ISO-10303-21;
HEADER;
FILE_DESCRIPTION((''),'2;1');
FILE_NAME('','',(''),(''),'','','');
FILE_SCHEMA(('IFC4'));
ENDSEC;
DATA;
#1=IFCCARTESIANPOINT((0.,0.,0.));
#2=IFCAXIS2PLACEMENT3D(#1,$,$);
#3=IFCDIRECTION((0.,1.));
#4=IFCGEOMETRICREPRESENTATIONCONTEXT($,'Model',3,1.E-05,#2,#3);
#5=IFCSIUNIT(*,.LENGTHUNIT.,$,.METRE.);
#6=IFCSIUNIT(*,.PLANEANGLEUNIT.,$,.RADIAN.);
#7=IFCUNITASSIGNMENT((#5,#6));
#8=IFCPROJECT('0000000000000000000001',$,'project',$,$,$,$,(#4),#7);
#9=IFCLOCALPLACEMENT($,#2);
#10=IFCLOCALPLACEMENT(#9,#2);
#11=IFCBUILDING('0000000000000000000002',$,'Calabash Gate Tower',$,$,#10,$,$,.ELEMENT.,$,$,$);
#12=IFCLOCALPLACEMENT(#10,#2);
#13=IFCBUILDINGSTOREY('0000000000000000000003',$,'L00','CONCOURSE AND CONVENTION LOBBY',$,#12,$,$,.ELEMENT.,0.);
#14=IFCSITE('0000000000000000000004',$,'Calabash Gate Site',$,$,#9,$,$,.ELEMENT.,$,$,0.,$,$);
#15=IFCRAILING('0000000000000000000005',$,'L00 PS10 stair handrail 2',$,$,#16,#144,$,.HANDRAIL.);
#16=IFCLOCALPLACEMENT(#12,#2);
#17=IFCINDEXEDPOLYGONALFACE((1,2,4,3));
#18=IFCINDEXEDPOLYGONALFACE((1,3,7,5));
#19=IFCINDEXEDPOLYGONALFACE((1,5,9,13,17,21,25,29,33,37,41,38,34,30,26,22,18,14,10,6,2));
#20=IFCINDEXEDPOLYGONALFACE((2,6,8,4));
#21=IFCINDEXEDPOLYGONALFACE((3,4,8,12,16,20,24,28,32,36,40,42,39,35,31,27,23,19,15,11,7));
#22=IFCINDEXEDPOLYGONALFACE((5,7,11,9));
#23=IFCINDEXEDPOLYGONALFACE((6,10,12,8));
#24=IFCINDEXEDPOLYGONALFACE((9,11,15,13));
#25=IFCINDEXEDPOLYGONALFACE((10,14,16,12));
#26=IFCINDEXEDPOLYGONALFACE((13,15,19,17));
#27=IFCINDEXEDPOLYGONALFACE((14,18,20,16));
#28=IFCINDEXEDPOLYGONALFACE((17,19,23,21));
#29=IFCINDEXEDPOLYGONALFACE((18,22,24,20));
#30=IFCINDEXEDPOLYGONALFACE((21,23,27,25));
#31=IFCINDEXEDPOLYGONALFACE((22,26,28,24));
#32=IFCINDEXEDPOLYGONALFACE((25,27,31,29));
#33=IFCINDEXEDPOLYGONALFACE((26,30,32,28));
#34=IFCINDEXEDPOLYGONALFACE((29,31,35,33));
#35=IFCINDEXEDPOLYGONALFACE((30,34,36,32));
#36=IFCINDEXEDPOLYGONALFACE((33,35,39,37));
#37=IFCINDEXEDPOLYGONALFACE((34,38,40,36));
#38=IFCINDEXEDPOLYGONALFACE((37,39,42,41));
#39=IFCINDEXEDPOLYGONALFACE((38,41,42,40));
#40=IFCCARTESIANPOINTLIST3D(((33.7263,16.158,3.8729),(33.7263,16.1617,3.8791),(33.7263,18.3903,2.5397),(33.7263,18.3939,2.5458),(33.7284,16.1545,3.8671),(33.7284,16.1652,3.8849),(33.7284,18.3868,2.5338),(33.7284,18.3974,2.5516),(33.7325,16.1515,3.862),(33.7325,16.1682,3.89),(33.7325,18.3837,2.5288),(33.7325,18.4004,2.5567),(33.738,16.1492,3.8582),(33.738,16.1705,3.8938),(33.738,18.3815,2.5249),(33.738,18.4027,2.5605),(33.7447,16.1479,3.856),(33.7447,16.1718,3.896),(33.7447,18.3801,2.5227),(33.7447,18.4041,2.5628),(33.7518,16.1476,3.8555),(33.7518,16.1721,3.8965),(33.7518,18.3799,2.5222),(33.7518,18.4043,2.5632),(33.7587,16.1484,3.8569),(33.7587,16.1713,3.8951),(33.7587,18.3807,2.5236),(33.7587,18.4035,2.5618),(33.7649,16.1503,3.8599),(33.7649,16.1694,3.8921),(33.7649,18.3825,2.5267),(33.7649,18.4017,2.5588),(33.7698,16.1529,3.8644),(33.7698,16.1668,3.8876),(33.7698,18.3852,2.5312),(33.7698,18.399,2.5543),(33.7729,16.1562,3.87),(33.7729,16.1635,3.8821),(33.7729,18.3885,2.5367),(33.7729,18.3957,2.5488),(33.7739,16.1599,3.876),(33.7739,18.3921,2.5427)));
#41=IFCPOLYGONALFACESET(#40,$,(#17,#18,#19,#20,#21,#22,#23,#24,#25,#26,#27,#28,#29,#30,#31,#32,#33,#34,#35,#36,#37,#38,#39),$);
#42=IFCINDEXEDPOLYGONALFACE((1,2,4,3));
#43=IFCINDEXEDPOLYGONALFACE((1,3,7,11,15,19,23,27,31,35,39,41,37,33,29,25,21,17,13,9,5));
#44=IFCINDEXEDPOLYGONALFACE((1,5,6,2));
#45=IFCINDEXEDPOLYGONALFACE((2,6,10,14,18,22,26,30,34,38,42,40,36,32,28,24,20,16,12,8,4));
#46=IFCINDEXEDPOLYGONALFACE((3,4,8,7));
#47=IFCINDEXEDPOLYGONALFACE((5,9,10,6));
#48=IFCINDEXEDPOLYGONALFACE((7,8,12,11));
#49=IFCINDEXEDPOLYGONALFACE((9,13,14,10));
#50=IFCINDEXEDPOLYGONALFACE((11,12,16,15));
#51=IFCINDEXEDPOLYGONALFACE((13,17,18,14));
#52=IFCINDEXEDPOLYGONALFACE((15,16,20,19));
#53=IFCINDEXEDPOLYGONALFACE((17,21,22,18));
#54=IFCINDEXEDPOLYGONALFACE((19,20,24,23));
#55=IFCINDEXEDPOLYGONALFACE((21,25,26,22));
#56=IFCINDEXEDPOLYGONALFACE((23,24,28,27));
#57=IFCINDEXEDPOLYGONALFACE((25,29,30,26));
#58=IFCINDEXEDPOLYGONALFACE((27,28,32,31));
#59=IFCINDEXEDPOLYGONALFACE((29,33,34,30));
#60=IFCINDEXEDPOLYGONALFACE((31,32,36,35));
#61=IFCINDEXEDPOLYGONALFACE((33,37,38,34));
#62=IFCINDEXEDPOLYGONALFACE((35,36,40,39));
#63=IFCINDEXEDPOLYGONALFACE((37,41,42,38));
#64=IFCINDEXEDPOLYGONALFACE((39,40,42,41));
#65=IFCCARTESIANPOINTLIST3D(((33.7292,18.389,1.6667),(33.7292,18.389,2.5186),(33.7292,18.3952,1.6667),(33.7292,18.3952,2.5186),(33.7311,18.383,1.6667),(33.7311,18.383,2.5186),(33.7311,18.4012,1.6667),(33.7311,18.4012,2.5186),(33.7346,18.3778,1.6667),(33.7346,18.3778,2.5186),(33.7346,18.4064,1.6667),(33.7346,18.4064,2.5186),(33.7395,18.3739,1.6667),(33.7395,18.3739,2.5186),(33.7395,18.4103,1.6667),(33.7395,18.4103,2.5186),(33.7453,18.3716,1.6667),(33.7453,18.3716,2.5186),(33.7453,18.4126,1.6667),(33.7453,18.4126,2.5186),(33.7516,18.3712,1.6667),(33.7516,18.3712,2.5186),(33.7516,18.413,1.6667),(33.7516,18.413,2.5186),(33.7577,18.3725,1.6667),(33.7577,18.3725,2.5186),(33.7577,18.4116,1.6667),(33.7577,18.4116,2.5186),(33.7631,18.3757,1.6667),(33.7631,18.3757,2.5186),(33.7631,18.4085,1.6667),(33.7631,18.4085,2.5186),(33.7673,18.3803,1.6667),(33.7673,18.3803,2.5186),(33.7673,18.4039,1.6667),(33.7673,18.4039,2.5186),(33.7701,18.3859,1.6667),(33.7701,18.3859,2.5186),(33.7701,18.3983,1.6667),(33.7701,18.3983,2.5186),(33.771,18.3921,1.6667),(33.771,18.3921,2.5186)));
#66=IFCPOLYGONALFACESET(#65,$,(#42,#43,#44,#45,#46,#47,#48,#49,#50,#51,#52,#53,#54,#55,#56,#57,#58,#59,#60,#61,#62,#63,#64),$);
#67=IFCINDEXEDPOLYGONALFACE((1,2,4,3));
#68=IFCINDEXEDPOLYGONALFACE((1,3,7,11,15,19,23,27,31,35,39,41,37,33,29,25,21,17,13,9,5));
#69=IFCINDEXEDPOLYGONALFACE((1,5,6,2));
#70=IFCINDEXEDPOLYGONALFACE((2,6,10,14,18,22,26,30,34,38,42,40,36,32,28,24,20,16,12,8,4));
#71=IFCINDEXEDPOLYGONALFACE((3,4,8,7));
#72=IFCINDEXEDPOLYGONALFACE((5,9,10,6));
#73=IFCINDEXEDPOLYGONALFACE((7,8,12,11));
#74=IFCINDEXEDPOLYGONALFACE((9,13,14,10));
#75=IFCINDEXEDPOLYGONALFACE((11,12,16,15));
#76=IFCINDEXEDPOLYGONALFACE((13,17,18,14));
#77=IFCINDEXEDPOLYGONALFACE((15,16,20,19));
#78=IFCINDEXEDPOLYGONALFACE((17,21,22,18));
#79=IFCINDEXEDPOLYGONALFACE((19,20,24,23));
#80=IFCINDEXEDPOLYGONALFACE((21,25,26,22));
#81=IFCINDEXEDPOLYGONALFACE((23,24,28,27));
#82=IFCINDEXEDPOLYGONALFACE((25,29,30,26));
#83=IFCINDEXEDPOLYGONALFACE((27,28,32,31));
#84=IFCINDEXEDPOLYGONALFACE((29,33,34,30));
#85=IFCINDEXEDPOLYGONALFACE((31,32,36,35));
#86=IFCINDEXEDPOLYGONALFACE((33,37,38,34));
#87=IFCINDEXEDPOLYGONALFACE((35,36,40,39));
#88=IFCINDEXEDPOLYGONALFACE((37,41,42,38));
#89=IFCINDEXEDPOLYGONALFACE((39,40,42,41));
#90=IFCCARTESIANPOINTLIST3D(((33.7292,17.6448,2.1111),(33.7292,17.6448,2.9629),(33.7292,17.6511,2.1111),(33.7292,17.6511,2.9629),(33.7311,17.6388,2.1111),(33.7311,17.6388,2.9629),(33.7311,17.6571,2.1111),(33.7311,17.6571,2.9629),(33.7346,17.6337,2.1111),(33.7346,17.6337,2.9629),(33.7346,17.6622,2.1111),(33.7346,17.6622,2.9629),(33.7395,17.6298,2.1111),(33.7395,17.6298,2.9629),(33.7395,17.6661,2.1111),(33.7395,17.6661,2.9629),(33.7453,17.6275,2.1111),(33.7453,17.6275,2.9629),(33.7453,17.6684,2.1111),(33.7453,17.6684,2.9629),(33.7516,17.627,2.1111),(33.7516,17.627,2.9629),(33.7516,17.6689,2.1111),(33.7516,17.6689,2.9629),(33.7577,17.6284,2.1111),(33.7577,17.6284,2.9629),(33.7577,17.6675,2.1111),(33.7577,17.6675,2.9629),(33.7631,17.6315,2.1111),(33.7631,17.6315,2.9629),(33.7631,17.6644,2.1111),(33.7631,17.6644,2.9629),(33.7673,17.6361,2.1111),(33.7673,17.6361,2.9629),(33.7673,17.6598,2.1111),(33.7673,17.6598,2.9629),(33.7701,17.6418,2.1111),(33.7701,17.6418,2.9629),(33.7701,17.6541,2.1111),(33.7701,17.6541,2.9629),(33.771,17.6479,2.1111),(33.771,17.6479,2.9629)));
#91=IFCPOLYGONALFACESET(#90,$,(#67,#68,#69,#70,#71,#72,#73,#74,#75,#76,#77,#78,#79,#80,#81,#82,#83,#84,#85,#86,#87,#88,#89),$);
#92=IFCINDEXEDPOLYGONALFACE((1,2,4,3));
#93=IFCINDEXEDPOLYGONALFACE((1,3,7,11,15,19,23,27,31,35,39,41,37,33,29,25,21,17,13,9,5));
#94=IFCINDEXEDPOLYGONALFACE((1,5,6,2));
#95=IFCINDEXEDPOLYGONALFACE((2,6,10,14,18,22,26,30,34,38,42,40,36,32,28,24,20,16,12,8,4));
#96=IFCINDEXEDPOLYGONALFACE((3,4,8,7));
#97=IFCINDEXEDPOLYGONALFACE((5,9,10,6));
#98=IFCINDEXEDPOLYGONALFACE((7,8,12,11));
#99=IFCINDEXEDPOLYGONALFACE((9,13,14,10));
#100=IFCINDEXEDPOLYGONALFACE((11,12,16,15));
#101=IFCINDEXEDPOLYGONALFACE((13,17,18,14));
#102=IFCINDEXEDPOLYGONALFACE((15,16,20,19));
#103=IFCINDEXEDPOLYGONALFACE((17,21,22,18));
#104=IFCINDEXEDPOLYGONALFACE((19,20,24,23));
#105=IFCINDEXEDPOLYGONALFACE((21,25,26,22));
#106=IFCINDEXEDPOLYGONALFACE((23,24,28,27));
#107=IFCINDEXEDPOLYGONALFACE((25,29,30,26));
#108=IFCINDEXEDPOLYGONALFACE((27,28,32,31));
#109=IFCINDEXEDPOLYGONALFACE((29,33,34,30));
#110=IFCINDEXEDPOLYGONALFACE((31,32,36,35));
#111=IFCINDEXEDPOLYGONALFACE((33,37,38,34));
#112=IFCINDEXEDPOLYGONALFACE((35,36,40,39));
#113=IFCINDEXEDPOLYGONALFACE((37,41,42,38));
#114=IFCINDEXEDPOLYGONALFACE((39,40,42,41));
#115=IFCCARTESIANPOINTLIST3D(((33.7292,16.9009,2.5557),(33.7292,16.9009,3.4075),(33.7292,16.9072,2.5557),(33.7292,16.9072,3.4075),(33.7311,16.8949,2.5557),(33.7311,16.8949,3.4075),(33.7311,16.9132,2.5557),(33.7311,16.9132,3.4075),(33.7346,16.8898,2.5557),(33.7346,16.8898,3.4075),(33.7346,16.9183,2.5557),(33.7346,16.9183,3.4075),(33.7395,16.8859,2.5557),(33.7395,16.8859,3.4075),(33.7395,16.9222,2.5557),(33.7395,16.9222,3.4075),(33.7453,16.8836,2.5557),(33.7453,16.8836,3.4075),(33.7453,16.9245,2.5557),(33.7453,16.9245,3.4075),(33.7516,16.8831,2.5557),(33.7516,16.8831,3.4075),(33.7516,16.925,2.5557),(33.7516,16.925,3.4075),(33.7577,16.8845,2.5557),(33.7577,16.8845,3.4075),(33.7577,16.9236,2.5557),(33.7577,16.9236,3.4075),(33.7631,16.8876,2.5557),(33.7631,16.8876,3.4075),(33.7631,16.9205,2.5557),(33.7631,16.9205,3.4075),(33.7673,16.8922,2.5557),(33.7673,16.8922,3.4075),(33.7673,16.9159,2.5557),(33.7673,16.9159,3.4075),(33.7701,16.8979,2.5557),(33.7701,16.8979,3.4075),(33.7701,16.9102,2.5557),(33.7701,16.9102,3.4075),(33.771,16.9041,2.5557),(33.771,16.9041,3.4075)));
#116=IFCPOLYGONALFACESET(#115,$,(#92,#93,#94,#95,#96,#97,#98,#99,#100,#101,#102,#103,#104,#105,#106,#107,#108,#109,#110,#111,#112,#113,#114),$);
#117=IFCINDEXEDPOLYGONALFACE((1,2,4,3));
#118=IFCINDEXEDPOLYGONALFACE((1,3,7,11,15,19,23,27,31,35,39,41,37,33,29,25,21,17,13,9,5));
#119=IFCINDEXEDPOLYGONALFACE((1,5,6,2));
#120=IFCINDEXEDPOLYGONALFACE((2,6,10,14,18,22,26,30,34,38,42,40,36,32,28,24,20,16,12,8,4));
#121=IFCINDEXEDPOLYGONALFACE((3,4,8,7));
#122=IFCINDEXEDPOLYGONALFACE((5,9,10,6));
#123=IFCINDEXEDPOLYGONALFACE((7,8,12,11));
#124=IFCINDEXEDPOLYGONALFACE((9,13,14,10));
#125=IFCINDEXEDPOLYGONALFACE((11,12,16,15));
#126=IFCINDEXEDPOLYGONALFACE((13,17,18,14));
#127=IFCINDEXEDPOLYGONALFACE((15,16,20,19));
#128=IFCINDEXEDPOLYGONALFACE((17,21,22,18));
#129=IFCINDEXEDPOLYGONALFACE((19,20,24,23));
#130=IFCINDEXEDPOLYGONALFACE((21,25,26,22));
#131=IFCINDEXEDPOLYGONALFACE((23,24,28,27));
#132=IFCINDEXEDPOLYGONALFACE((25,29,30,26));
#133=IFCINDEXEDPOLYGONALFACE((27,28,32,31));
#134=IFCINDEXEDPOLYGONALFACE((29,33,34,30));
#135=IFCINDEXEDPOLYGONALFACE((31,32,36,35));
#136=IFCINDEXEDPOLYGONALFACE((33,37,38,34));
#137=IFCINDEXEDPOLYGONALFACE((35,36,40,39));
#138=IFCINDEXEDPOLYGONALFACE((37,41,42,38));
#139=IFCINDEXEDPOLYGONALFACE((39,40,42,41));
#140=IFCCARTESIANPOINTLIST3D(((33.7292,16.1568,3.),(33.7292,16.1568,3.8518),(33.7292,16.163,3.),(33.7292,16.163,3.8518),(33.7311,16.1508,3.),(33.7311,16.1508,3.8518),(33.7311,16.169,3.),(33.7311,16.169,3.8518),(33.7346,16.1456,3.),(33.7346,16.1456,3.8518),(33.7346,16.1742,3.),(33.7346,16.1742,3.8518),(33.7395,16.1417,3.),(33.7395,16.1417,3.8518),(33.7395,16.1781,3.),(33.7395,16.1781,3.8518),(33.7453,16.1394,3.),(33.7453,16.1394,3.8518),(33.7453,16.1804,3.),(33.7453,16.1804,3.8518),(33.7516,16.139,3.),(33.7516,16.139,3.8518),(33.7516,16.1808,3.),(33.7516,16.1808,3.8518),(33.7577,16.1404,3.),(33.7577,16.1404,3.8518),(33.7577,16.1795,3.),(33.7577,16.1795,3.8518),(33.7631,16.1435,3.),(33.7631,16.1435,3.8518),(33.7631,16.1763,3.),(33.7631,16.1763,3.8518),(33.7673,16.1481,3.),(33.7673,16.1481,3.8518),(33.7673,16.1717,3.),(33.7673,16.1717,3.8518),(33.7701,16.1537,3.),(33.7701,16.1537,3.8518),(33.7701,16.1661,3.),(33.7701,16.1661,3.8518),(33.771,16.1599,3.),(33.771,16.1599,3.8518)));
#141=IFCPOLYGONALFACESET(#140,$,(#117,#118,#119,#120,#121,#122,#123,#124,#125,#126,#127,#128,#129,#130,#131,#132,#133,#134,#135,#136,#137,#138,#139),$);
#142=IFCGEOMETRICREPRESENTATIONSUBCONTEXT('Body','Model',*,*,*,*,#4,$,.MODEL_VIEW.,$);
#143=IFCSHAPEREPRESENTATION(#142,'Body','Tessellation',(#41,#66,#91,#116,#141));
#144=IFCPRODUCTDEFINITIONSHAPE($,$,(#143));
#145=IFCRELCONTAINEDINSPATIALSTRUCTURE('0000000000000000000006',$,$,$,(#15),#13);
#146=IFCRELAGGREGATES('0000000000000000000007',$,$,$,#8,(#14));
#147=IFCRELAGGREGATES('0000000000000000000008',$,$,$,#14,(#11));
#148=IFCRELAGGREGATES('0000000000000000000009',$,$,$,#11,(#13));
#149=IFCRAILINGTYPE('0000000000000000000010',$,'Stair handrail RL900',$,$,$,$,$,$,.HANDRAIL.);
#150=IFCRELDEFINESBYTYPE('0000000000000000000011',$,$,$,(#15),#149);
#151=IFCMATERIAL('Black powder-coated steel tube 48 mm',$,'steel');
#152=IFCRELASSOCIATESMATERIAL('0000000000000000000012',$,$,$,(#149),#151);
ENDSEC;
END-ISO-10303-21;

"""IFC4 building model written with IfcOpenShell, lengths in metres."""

from ifc_helpers import new_model, si_unit, direction, frame, origin, origin_2d, place, context, subcontext, project, spatial, circle, extrude, material, type_object, element, save


model = new_model("IFC4")

# Units and contexts
model_context = context("Model", 3, precision=1e-05, world=origin(), true_north=direction((0.0, 1.0)))
body_context = subcontext(model_context, "Body", "Model", "MODEL_VIEW")
ifc_project = project(units=[si_unit("LENGTHUNIT", "METRE"), si_unit("PLANEANGLEUNIT", "RADIAN")], contexts=[model_context])

# Site, building, storey
site_placement = place(None, origin())
site = spatial("IfcSite", under=ifc_project, at=site_placement, Name="Calabash Gate Site", CompositionType="ELEMENT", RefElevation=0.0)
building_placement = place(site_placement, origin())
building = spatial("IfcBuilding", under=site, at=building_placement, Name="Calabash Gate Tower", CompositionType="ELEMENT")
storey_placement = place(building_placement, origin())
storey = spatial("IfcBuildingStorey", under=building, at=storey_placement, Name="L00", Description="CONCOURSE AND CONVENTION LOBBY", CompositionType="ELEMENT", Elevation=0.0)

# Railing
ifc_material_1 = material(Name="Black powder-coated steel tube 48 mm", Category="steel")
railing_type_1 = type_object("IfcRailingType", Name="Stair handrail RL900", PredefinedType="HANDRAIL", material=ifc_material_1)
railing_1_placement = place(storey_placement, frame((33.75, 18.3921, 1.6667)))
element("IfcRailing", 1, at=railing_1_placement, inside=storey, type_object=railing_type_1, Name="L00 PS10 stair handrail 2", PredefinedType="HANDRAIL", context=body_context, shape_type="SweptSolid", body=[
    extrude(circle(Radius=0.0239, at=origin_2d()), frame((0.0, 0.0, 0.876), z_axis=(0.0, -0.858519, 0.512782), x_axis=(1.0, 0.0, 0.0)), (0.0, 0.0, 1.0), 2.6001),
    extrude(circle(Radius=0.021, at=origin_2d()), origin(), (0.0, 0.0, 1.0), 0.8518),
    extrude(circle(Radius=0.021, at=origin_2d()), frame((0.0, -0.7441, 0.4443)), (0.0, 0.0, 1.0), 0.8518),
    extrude(circle(Radius=0.021, at=origin_2d()), frame((0.0, -1.488, 0.8889)), (0.0, 0.0, 1.0), 0.8518),
    extrude(circle(Radius=0.021, at=origin_2d()), frame((0.0, -2.2322, 1.3333)), (0.0, 0.0, 1.0), 0.8518),
])

save(model, "model.ifc")
